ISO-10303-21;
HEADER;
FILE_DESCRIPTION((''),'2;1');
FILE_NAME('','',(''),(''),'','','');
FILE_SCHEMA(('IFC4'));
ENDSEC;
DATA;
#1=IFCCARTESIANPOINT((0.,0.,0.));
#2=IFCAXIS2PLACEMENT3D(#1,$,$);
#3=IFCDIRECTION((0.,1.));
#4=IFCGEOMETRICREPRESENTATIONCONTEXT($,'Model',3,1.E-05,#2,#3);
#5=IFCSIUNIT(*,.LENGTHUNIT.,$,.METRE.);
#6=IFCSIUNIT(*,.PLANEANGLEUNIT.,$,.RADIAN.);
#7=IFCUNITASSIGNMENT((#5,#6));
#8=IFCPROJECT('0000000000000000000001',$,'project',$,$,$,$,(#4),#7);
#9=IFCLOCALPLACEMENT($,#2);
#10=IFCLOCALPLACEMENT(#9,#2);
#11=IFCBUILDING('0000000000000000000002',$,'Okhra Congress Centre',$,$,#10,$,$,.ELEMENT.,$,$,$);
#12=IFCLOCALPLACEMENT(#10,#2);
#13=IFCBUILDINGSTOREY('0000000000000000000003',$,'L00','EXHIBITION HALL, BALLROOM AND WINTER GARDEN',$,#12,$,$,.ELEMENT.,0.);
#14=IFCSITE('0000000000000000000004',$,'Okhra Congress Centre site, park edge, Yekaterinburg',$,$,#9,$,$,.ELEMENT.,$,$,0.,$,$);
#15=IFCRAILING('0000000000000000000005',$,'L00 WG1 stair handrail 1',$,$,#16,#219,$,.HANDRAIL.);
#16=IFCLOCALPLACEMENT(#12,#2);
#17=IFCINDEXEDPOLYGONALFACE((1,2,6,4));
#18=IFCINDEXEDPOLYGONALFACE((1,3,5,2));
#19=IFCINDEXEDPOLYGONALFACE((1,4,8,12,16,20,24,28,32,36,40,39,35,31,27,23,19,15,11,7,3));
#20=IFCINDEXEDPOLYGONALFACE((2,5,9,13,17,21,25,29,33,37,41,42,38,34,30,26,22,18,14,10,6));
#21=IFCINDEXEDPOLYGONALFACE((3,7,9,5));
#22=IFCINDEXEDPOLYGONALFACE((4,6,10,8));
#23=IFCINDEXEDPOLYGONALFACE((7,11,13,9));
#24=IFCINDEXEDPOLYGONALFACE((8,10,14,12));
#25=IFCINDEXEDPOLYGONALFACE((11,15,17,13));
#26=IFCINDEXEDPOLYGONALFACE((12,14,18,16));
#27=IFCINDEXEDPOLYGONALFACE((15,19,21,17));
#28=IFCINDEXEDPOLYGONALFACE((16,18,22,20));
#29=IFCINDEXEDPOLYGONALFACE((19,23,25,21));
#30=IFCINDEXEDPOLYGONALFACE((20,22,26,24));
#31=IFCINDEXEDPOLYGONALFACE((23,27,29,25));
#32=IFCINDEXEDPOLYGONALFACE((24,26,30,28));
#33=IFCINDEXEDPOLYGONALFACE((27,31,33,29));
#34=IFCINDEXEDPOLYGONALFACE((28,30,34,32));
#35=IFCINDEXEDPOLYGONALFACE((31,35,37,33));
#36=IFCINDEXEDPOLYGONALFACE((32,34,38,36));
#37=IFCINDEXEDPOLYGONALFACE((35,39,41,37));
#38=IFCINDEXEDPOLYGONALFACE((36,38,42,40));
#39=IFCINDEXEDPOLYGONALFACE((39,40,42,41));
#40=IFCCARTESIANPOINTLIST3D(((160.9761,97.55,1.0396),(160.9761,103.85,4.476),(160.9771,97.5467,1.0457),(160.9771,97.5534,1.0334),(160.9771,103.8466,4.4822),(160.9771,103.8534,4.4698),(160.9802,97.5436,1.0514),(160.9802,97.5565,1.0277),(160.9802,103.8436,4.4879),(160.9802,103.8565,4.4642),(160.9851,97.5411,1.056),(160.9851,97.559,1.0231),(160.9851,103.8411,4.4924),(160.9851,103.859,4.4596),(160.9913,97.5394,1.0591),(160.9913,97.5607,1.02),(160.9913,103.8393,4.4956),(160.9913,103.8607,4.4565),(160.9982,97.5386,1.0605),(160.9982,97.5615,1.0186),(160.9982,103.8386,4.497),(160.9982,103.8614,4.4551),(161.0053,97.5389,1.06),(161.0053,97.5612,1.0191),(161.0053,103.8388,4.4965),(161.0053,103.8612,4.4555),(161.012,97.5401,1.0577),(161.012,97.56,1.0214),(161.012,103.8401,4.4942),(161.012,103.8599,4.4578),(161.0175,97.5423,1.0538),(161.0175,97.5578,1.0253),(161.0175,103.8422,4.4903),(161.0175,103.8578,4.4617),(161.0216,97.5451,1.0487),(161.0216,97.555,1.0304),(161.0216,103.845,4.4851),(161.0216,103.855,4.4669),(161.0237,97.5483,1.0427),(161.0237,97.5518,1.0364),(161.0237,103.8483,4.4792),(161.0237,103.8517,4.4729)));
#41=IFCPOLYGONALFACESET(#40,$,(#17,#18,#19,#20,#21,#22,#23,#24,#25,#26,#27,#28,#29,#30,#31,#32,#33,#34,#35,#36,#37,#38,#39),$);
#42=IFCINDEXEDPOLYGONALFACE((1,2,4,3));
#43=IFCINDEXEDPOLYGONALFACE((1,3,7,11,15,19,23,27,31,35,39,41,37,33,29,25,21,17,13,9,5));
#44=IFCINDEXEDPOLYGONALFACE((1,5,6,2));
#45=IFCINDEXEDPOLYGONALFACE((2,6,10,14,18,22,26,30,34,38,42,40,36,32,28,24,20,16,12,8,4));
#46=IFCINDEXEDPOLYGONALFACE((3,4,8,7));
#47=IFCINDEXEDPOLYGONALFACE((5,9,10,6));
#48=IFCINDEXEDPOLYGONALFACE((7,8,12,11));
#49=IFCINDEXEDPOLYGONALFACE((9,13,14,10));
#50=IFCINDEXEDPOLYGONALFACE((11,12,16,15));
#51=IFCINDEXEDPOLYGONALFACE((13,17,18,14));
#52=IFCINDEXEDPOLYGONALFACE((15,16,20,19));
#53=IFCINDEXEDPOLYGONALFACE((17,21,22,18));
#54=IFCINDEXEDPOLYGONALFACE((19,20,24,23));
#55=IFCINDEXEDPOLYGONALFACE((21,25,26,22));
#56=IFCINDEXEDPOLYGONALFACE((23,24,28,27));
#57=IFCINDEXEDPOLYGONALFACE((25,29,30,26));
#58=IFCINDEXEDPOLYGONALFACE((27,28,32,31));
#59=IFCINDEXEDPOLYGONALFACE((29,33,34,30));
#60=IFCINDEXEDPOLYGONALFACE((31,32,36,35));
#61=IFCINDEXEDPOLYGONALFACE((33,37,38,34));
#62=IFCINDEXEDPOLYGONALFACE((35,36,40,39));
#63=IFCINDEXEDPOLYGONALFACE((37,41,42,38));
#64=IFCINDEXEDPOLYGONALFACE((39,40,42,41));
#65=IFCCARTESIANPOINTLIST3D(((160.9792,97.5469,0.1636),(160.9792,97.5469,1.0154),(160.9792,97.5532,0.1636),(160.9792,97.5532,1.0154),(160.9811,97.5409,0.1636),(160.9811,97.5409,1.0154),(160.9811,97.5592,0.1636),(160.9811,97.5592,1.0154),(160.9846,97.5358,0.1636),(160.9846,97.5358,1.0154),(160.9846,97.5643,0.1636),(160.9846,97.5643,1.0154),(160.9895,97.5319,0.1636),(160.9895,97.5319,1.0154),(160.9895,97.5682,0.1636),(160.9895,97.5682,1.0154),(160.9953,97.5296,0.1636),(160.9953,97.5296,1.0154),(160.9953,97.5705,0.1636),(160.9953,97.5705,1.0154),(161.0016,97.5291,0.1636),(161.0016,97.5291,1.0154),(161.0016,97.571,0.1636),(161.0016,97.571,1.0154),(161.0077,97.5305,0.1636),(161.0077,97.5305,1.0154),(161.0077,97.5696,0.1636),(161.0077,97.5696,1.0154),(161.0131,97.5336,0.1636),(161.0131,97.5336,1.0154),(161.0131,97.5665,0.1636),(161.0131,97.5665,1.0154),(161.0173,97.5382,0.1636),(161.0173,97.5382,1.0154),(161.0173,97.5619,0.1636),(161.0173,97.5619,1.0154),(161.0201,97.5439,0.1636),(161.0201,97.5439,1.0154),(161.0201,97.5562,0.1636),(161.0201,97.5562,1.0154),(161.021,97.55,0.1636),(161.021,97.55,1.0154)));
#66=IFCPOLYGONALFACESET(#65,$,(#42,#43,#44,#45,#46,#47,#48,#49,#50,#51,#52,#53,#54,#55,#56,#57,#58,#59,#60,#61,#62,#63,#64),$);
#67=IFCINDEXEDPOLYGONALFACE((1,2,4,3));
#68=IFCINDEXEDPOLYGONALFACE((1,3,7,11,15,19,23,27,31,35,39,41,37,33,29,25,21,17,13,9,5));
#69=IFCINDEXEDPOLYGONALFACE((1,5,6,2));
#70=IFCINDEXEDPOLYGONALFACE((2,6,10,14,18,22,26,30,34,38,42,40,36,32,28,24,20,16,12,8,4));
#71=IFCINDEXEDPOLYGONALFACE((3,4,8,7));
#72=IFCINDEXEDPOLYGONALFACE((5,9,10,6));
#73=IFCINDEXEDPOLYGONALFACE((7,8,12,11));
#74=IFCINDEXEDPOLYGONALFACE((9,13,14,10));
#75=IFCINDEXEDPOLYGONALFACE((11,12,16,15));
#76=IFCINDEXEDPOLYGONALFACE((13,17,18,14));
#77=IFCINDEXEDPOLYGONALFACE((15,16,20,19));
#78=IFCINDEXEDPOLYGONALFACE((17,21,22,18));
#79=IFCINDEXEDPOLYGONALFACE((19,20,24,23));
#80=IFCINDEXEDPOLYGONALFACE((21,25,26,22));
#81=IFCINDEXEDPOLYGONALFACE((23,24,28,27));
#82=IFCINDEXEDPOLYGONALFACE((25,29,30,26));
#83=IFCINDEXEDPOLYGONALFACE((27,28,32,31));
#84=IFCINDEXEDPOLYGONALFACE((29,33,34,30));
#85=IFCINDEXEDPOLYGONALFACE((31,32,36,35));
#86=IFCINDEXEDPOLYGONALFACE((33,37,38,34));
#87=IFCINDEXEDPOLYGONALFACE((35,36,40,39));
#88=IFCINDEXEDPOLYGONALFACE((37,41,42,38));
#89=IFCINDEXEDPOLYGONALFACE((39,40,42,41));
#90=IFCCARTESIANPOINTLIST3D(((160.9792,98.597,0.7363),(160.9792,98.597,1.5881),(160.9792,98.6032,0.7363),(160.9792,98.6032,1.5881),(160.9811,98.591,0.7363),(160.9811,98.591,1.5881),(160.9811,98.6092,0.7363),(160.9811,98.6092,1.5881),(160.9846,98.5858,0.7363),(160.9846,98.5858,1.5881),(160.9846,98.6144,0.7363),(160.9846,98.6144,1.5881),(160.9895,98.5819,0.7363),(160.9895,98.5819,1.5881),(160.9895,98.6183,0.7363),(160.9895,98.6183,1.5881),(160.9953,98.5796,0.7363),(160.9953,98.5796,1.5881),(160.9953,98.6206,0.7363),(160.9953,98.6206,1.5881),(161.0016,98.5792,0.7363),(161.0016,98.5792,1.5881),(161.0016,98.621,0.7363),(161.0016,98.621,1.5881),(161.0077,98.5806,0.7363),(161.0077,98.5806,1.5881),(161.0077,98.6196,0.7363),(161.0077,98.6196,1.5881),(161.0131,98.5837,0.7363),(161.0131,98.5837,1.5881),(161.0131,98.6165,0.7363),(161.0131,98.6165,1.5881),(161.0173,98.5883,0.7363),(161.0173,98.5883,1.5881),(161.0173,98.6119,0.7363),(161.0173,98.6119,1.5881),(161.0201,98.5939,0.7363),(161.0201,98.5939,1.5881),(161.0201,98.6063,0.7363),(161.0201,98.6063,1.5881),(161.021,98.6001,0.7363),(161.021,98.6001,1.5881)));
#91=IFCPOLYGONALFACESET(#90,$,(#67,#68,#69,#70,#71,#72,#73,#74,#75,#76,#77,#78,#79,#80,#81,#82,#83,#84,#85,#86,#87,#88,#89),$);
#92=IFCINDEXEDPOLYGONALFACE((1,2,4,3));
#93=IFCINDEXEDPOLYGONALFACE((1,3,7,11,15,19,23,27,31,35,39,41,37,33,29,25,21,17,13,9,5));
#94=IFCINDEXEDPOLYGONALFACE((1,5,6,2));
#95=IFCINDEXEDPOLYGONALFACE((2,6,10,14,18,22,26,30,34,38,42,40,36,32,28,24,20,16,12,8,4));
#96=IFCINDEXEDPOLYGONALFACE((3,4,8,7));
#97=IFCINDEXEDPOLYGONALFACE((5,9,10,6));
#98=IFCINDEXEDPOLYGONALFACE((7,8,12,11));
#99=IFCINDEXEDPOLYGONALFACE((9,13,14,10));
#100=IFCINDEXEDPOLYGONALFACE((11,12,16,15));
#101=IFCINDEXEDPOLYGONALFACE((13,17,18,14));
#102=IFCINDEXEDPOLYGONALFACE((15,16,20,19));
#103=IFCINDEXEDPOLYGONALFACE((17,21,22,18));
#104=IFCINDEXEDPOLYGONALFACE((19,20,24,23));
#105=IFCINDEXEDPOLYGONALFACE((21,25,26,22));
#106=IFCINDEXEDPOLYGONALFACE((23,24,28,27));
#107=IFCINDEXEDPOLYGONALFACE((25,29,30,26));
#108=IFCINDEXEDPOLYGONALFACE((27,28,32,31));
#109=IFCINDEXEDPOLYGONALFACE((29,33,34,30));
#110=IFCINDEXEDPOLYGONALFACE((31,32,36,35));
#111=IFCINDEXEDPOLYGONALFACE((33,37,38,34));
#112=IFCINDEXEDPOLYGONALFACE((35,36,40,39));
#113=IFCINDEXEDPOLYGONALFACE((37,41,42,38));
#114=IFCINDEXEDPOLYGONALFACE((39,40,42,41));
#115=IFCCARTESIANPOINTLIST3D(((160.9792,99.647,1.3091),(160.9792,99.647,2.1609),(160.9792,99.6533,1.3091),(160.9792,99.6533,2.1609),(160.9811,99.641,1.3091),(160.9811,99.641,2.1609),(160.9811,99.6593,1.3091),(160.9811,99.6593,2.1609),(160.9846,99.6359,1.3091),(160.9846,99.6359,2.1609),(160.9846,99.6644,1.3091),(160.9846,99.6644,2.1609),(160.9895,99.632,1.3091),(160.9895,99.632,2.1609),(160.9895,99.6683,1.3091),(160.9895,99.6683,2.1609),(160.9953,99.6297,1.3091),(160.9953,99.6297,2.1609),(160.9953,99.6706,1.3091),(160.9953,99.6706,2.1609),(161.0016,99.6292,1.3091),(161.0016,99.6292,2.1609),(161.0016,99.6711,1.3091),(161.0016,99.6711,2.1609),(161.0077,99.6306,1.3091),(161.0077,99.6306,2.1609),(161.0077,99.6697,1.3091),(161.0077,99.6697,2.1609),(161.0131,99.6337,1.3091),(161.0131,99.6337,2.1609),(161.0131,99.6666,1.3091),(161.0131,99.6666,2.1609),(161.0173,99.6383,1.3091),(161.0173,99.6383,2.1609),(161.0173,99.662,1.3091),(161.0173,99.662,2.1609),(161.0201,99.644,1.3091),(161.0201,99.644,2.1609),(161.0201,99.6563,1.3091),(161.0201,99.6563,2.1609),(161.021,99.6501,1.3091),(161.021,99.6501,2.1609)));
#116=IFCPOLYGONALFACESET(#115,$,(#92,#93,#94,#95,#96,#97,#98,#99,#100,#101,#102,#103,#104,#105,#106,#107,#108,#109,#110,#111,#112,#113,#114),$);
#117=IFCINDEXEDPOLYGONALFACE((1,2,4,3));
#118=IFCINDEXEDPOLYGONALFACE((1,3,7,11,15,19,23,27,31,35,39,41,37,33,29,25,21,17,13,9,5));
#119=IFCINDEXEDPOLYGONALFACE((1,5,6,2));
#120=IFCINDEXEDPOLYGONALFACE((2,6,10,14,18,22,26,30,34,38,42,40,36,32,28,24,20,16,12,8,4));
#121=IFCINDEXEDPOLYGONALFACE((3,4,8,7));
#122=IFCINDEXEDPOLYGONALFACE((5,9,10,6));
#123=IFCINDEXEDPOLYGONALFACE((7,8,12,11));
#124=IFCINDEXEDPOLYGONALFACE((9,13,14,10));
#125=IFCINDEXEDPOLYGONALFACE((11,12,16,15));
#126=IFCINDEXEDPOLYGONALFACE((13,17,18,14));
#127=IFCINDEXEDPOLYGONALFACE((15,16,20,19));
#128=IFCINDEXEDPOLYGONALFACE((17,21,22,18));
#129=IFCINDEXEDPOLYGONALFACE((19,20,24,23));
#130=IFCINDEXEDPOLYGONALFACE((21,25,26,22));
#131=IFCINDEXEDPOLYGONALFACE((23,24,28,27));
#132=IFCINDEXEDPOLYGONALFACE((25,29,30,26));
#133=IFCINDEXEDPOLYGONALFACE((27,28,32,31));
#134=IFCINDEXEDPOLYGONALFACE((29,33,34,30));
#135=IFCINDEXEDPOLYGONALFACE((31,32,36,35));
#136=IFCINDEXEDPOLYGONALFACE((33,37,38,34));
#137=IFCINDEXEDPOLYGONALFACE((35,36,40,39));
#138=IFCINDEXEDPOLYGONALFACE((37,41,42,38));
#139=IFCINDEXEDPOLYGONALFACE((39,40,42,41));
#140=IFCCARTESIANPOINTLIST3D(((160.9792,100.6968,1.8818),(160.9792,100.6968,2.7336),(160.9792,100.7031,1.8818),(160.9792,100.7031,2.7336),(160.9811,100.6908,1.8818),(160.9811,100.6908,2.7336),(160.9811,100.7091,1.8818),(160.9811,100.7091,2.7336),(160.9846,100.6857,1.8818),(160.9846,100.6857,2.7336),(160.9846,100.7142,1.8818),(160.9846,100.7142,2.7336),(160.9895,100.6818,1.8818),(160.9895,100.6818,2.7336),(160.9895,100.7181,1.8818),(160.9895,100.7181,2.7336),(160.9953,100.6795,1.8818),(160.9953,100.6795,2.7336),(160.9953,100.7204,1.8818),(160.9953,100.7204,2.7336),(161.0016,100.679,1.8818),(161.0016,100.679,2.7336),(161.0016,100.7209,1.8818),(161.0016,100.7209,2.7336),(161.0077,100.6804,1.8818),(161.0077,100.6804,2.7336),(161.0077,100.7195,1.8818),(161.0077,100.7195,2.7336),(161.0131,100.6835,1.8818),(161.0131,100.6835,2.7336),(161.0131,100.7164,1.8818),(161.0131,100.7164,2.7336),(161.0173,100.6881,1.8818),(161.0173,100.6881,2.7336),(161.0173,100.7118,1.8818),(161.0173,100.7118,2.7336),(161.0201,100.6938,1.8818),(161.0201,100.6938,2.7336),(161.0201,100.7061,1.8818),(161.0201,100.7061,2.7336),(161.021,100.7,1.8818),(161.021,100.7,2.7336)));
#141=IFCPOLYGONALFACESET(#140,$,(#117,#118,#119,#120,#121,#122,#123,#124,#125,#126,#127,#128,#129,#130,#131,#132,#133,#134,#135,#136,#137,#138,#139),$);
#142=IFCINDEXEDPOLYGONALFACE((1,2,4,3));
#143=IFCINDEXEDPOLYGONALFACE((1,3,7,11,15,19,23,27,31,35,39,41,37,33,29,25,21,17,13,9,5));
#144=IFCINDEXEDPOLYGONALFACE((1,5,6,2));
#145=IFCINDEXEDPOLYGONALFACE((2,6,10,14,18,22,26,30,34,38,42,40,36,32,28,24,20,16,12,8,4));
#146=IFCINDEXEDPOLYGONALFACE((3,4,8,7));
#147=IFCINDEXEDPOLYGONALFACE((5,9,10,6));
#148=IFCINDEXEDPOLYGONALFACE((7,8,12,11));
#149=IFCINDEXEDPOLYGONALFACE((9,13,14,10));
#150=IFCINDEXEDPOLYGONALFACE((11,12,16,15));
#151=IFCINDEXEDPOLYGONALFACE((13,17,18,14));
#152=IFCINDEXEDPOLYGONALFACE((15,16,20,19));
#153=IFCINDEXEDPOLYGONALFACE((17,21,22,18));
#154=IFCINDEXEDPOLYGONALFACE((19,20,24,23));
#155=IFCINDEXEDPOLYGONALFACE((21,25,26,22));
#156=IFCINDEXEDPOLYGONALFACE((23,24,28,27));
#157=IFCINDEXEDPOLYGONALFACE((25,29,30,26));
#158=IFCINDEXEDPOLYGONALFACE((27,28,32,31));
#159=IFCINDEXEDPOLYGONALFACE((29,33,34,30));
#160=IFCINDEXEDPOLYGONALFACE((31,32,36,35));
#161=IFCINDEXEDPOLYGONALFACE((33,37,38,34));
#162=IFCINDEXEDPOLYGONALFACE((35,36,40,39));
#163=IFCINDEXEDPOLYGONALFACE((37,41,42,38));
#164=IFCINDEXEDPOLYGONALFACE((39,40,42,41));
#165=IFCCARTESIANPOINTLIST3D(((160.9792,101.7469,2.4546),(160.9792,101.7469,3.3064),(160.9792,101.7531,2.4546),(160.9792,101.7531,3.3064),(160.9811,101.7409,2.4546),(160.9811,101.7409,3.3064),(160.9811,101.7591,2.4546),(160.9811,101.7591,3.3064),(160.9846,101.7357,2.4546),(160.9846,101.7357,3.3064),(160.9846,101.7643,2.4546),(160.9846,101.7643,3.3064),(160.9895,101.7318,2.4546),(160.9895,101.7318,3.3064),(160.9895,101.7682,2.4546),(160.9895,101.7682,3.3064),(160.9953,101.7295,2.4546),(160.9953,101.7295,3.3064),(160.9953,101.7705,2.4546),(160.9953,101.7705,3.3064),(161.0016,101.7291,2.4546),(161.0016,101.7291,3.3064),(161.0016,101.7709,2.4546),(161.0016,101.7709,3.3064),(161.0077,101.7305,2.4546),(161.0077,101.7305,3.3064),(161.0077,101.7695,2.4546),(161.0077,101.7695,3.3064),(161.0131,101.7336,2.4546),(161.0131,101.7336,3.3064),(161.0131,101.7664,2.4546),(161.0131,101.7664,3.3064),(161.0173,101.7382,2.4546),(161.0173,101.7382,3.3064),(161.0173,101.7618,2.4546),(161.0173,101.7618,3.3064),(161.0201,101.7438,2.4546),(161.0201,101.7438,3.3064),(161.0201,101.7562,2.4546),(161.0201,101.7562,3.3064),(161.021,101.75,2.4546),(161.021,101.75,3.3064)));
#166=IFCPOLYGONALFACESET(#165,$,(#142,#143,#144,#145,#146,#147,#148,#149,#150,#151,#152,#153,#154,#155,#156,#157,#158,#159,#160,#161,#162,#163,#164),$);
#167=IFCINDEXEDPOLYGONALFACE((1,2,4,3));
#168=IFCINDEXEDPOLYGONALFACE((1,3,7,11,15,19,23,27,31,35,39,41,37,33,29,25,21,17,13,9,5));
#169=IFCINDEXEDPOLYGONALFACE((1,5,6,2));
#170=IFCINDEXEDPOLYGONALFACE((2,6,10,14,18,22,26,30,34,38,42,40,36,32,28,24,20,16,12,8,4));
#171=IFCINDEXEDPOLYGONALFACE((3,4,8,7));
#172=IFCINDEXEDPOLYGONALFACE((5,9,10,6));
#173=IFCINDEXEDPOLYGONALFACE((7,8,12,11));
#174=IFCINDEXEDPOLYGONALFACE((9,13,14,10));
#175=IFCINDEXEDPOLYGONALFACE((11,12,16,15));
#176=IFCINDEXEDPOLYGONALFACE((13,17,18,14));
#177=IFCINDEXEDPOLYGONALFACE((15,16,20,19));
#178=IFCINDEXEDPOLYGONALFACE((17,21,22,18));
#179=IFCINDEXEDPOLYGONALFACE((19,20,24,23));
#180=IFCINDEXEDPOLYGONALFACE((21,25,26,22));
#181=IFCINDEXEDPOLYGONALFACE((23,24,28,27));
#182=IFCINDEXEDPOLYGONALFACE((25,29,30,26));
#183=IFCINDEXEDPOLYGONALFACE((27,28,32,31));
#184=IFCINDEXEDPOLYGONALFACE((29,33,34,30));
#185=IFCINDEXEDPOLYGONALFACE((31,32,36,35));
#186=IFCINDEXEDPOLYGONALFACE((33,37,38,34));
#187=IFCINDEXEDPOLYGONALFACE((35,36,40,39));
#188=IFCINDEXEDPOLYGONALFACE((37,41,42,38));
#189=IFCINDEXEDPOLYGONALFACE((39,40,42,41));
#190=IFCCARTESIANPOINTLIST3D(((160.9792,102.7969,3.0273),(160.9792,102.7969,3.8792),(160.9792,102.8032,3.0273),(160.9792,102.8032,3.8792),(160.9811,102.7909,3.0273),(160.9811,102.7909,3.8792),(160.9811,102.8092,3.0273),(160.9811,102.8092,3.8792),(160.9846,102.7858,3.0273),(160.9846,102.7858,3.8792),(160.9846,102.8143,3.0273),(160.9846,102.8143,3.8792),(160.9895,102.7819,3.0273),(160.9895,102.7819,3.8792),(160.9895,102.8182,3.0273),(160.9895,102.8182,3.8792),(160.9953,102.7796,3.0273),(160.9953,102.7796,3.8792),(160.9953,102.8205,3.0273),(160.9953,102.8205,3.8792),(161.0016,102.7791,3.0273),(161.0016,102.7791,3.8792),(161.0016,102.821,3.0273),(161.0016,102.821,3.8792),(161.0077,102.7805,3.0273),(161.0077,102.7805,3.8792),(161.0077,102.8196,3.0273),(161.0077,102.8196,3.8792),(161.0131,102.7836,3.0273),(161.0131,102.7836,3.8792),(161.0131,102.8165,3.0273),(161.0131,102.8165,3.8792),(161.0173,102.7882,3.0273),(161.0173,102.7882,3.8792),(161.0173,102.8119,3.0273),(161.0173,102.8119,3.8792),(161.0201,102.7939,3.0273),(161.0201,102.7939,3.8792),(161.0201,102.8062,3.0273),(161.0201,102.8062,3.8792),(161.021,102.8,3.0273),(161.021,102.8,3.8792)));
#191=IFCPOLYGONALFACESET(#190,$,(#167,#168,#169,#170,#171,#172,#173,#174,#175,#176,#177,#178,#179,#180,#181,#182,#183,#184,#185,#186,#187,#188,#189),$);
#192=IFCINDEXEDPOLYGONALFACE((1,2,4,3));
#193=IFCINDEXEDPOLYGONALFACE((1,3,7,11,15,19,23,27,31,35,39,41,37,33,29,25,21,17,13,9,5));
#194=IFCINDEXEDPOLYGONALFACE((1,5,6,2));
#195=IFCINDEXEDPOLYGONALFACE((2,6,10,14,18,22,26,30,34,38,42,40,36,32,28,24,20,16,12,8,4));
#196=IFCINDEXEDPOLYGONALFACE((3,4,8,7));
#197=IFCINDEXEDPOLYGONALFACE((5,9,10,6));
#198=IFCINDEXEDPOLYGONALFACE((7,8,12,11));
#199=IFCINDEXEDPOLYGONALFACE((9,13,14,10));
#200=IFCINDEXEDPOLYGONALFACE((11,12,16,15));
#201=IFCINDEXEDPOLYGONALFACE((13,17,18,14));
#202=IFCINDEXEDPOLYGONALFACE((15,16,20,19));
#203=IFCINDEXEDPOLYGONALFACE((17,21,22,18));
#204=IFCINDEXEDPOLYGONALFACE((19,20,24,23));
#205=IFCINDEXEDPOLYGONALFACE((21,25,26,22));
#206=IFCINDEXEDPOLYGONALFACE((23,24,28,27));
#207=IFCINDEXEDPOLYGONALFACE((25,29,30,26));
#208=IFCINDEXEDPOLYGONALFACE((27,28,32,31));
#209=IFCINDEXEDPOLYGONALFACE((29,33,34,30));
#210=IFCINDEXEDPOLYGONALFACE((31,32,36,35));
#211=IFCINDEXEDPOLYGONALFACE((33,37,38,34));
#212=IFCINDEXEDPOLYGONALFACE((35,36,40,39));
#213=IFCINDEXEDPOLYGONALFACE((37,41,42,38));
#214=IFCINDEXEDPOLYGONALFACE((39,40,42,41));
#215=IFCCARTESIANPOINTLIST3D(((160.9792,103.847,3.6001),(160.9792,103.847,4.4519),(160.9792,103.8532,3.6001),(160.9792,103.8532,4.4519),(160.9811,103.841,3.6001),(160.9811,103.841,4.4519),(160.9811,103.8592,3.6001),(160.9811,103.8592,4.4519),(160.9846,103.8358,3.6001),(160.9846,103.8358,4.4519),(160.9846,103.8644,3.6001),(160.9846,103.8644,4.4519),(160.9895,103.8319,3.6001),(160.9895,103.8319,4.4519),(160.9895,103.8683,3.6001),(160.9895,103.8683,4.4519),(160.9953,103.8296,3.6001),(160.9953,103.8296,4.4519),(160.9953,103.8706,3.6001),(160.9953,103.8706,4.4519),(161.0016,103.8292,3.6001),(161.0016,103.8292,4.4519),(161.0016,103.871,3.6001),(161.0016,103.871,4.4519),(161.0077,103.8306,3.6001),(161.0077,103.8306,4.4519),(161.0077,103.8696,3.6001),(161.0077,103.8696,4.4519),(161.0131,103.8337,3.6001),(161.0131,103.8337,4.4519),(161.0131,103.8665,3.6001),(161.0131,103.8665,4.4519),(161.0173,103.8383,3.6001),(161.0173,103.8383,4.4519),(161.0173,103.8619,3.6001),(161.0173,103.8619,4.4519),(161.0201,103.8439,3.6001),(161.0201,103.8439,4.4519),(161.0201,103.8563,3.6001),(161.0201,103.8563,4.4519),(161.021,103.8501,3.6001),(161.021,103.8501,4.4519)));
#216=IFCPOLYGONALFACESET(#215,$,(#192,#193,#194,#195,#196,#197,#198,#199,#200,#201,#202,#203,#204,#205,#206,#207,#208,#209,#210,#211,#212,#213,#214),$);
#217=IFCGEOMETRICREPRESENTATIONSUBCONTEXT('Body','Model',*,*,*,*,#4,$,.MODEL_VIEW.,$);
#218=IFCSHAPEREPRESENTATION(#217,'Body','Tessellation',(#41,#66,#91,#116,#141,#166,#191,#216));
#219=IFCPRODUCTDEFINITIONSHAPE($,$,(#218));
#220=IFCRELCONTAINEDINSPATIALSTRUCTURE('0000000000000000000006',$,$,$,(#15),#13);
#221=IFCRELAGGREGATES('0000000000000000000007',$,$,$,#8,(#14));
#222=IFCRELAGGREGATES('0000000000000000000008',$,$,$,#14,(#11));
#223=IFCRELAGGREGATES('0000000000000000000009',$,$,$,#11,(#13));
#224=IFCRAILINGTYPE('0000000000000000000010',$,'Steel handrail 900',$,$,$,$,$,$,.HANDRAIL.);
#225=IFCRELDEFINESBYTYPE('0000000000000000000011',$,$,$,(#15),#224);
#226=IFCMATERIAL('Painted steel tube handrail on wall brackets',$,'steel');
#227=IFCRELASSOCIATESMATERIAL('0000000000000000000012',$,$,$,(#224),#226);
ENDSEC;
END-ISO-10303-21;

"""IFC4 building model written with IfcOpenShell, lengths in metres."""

from ifc_helpers import new_model, si_unit, direction, frame, origin, origin_2d, place, context, subcontext, project, spatial, circle, extrude, material, type_object, element, save


model = new_model("IFC4")

# Units and contexts
model_context = context("Model", 3, precision=1e-05, world=origin(), true_north=direction((0.0, 1.0)))
body_context = subcontext(model_context, "Body", "Model", "MODEL_VIEW")
ifc_project = project(units=[si_unit("LENGTHUNIT", "METRE"), si_unit("PLANEANGLEUNIT", "RADIAN")], contexts=[model_context])

# Site, building, storey
site_placement = place(None, origin())
site = spatial("IfcSite", under=ifc_project, at=site_placement, Name="Okhra Congress Centre site, park edge, Yekaterinburg", CompositionType="ELEMENT", RefElevation=0.0)
building_placement = place(site_placement, origin())
building = spatial("IfcBuilding", under=site, at=building_placement, Name="Okhra Congress Centre", CompositionType="ELEMENT")
storey_placement = place(building_placement, origin())
storey = spatial("IfcBuildingStorey", under=building, at=storey_placement, Name="L00", Description="EXHIBITION HALL, BALLROOM AND WINTER GARDEN", CompositionType="ELEMENT", Elevation=0.0)

# Railing
ifc_material_1 = material(Name="Painted steel tube handrail on wall brackets", Category="steel")
railing_type_1 = type_object("IfcRailingType", Name="Steel handrail 900", PredefinedType="HANDRAIL", material=ifc_material_1)
railing_1_placement = place(storey_placement, frame((161.0, 97.55, 0.1636)))
element("IfcRailing", 1, at=railing_1_placement, inside=storey, type_object=railing_type_1, Name="L00 WG1 stair handrail 1", PredefinedType="HANDRAIL", context=body_context, shape_type="SweptSolid", body=[
    extrude(circle(Radius=0.0239, at=origin_2d()), frame((0.0, 0.0, 0.876), z_axis=(0.0, 0.877888, 0.478866), x_axis=(-1.0, 0.0, 0.0)), (0.0, 0.0, 1.0), 7.1763),
    extrude(circle(Radius=0.021, at=origin_2d()), origin(), (0.0, 0.0, 1.0), 0.8518),
    extrude(circle(Radius=0.021, at=origin_2d()), frame((0.0, 1.05, 0.5728)), (0.0, 0.0, 1.0), 0.8518),
    extrude(circle(Radius=0.021, at=origin_2d()), frame((0.0, 2.1001, 1.1455)), (0.0, 0.0, 1.0), 0.8518),
    extrude(circle(Radius=0.021, at=origin_2d()), frame((0.0, 3.1499, 1.7183)), (0.0, 0.0, 1.0), 0.8518),
    extrude(circle(Radius=0.021, at=origin_2d()), frame((0.0, 4.2, 2.291)), (0.0, 0.0, 1.0), 0.8518),
    extrude(circle(Radius=0.021, at=origin_2d()), frame((0.0, 5.25, 2.8638)), (0.0, 0.0, 1.0), 0.8518),
    extrude(circle(Radius=0.021, at=origin_2d()), frame((0.0, 6.3, 3.4365)), (0.0, 0.0, 1.0), 0.8518),
])

save(model, "model.ifc")
